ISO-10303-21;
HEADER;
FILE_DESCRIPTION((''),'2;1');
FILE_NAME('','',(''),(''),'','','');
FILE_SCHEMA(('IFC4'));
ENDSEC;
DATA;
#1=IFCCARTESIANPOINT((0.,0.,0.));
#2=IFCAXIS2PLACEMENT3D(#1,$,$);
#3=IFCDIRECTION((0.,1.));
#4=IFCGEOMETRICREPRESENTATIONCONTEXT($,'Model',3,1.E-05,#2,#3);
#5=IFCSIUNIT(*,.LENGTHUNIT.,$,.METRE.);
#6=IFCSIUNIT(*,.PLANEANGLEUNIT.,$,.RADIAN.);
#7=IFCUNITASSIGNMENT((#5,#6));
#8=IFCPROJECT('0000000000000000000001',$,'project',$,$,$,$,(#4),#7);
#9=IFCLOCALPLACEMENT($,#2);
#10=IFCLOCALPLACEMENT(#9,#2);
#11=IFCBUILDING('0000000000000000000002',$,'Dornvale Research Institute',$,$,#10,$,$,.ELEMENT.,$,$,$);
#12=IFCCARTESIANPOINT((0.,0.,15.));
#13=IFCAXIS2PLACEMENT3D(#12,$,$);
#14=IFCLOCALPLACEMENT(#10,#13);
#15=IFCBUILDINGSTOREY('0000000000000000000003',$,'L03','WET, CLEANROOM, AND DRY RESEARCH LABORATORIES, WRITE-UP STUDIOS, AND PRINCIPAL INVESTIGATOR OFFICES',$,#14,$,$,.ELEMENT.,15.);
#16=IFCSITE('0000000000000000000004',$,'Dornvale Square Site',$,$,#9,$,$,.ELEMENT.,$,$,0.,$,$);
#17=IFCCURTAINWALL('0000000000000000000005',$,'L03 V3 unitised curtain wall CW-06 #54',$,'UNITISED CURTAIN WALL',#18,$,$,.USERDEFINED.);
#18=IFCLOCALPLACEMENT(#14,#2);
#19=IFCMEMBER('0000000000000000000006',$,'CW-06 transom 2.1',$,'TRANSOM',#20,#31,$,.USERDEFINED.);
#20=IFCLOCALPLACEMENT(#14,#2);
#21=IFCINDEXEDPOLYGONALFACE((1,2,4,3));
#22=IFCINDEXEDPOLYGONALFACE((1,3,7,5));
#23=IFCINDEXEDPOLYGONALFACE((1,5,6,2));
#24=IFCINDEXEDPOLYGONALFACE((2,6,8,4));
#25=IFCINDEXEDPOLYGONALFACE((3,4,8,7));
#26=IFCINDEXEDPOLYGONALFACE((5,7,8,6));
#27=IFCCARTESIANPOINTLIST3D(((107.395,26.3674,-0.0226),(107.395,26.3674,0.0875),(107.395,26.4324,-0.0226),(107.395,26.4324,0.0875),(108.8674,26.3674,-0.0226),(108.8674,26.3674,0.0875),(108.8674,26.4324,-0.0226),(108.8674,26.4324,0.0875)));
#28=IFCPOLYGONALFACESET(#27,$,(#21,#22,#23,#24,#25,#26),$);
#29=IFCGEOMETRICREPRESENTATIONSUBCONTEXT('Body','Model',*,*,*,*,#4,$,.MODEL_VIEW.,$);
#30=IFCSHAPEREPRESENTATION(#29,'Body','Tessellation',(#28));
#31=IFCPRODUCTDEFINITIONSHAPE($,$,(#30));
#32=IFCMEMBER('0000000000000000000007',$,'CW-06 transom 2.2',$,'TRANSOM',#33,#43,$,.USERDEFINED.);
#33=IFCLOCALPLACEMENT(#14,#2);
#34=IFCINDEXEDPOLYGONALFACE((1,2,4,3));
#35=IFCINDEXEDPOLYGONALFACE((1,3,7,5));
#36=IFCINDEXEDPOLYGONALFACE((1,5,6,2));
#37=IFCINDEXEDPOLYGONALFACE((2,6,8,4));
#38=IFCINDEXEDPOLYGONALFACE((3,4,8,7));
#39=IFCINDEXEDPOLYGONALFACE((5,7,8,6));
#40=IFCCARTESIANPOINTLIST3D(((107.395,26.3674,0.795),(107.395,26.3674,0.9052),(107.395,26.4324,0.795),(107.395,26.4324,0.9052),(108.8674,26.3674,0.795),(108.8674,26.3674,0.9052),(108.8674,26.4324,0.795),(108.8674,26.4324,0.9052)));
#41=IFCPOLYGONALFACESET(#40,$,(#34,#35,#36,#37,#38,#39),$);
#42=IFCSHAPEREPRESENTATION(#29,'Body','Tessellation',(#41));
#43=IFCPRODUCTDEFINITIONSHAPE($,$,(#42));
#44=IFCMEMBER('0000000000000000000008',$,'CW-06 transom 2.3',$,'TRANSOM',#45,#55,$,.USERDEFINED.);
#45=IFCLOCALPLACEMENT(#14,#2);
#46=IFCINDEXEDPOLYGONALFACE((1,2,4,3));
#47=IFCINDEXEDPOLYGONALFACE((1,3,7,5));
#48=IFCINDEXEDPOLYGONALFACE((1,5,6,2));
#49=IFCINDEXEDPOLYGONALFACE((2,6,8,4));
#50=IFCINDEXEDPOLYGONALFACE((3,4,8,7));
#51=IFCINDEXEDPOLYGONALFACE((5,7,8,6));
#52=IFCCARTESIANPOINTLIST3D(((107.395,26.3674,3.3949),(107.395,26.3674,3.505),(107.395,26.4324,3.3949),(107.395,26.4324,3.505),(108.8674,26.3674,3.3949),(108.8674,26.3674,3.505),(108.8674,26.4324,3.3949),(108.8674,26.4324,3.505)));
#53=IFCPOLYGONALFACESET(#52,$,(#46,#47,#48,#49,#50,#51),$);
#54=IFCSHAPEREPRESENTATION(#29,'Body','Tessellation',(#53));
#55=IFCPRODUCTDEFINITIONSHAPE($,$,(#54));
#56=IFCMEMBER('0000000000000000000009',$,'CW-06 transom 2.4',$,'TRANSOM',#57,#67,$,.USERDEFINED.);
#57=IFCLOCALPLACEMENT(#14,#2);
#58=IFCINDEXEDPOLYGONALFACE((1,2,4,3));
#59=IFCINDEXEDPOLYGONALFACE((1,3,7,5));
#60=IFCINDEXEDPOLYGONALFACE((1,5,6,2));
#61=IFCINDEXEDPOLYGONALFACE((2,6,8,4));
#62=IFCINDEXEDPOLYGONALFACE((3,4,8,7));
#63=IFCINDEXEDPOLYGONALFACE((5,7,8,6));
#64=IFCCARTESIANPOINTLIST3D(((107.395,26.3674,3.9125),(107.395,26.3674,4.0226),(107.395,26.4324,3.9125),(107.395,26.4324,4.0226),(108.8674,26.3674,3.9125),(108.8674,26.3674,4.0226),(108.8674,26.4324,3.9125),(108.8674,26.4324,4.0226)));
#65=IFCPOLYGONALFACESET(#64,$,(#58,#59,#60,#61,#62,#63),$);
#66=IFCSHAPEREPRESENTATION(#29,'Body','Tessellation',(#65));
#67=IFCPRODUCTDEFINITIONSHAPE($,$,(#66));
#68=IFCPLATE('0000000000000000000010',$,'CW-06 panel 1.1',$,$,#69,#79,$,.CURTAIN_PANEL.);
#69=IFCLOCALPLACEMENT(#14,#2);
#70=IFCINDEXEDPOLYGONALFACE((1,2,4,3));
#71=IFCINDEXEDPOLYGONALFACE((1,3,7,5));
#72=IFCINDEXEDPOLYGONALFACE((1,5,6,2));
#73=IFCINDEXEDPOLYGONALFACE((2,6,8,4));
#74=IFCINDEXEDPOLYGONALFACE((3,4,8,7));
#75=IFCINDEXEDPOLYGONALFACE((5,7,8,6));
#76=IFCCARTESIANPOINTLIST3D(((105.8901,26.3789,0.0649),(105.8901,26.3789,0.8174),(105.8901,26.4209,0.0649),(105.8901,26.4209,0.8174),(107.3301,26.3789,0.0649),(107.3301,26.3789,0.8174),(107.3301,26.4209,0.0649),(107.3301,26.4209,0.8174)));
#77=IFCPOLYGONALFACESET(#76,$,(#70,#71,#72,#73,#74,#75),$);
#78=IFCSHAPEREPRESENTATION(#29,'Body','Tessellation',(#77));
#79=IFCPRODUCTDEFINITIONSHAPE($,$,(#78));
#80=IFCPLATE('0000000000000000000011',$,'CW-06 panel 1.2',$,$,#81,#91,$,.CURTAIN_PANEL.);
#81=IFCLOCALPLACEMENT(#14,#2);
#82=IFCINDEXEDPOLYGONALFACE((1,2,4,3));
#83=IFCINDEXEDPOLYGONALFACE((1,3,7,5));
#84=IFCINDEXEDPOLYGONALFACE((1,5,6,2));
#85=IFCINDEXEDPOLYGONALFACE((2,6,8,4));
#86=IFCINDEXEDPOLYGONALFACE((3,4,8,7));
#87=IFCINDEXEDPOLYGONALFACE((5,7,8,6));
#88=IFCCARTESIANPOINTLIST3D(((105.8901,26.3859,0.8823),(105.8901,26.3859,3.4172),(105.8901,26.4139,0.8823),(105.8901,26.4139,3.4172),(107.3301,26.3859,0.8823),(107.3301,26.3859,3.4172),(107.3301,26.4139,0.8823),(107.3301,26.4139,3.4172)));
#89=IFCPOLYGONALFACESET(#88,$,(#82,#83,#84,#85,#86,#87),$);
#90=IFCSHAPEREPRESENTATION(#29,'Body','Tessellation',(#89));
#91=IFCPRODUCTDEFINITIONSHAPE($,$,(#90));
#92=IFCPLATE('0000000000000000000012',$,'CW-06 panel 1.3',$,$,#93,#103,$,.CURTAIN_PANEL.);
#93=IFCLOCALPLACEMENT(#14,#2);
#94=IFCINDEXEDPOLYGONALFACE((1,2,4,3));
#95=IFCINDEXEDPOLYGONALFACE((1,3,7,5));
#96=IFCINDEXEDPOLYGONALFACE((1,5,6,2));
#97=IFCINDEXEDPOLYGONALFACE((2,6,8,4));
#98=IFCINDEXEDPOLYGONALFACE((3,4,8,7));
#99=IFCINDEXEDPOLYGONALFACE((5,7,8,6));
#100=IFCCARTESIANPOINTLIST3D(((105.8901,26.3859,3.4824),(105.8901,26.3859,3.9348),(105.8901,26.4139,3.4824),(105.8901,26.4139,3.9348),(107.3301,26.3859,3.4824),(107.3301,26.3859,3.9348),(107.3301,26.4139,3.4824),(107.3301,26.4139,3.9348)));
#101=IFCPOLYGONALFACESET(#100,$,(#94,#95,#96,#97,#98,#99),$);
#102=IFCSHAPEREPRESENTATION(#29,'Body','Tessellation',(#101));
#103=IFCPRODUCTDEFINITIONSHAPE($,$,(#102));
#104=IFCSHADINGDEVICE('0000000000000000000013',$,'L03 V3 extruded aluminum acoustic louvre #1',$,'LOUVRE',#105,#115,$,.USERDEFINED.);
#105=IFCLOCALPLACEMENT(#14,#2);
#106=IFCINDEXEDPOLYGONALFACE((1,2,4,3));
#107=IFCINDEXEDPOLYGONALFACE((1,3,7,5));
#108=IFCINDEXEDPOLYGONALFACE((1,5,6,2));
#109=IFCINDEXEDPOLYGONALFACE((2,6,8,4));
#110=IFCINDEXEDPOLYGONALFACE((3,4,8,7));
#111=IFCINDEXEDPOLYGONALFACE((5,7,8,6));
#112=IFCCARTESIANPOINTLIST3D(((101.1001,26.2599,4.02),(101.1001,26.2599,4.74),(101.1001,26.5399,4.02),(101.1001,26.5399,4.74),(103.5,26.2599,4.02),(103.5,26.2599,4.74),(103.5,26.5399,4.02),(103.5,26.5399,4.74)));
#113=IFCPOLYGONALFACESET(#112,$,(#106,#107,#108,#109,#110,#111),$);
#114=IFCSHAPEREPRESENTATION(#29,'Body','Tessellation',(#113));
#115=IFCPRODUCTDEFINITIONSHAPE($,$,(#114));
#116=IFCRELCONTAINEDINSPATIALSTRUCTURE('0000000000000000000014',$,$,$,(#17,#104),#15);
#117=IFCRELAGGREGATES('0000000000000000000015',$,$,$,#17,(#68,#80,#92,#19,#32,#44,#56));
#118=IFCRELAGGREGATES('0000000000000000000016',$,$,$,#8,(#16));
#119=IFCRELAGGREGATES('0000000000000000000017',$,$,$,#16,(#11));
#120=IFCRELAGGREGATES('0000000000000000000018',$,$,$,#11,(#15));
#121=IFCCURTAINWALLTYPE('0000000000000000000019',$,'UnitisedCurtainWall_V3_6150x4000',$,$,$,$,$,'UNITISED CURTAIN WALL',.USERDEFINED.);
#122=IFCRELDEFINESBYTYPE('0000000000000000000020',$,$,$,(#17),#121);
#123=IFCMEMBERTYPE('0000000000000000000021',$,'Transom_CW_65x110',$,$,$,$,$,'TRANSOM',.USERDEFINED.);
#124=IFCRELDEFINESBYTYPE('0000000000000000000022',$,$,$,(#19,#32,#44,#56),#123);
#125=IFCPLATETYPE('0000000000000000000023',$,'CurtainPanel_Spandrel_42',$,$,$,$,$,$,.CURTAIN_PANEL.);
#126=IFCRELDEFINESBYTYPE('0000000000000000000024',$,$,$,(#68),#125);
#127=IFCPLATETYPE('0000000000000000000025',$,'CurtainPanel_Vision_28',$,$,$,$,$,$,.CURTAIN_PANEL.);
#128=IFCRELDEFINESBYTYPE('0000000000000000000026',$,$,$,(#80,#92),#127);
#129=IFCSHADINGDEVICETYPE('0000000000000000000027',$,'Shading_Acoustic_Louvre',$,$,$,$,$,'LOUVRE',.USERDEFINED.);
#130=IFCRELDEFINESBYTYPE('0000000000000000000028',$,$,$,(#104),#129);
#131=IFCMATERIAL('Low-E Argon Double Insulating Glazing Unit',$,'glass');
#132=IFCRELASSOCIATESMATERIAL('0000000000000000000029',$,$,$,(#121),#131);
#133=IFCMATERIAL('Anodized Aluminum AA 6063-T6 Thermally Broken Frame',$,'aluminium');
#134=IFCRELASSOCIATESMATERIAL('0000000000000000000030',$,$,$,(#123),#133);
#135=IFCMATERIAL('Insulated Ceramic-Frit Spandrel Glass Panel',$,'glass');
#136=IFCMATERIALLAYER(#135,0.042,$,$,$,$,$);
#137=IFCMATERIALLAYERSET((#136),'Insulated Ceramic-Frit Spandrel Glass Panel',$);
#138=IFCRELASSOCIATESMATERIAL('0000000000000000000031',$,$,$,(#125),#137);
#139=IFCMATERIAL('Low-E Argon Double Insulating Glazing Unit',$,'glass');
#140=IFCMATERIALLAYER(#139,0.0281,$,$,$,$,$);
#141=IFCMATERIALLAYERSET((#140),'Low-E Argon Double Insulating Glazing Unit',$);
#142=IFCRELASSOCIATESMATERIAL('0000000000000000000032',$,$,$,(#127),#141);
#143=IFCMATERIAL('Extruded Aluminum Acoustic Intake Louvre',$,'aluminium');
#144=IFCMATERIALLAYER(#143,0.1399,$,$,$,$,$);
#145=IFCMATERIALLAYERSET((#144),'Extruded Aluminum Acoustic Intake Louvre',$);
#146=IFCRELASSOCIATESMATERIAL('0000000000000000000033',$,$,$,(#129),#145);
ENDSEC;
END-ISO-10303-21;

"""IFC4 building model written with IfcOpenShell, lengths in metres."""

from ifc_helpers import new_model, si_unit, direction, frame, origin, origin_2d, place, context, subcontext, project, spatial, rectangle, extrude, material, layer, layer_set, material_profile, profile_set, type_object, element, aggregate, save


model = new_model("IFC4")

# Units and contexts
model_context = context("Model", 3, precision=1e-05, world=origin(), true_north=direction((0.0, 1.0)))
body_context = subcontext(model_context, "Body", "Model", "MODEL_VIEW")
ifc_project = project(units=[si_unit("LENGTHUNIT", "METRE"), si_unit("PLANEANGLEUNIT", "RADIAN")], contexts=[model_context])

# Site, building, storey
site_placement = place(None, origin())
site = spatial("IfcSite", under=ifc_project, at=site_placement, Name="Dornvale Square Site", CompositionType="ELEMENT", RefElevation=0.0)
building_placement = place(site_placement, origin())
building = spatial("IfcBuilding", under=site, at=building_placement, Name="Dornvale Research Institute", CompositionType="ELEMENT")
storey_placement = place(building_placement, frame((0.0, 0.0, 15.0)))
storey = spatial("IfcBuildingStorey", under=building, at=storey_placement, Name="L03", Description="WET, CLEANROOM, AND DRY RESEARCH LABORATORIES, WRITE-UP STUDIOS, AND PRINCIPAL INVESTIGATOR OFFICES", CompositionType="ELEMENT", Elevation=15.0)

# Curtain wall
ifc_material_1 = material(Name="Low-E Argon Double Insulating Glazing Unit", Category="glass")
curtain_wall_type = type_object("IfcCurtainWallType", Name="UnitisedCurtainWall_V3_6150x4000", ElementType="UNITISED CURTAIN WALL", PredefinedType="USERDEFINED", material=ifc_material_1)
curtain_wall_placement = place(storey_placement, origin())
curtain_wall = element("IfcCurtainWall", 1, at=curtain_wall_placement, inside=storey, type_object=curtain_wall_type, Name="L03 V3 unitised curtain wall CW-06 #54", ObjectType="UNITISED CURTAIN WALL", PredefinedType="USERDEFINED")

# Members
ifc_material_2 = material(Name="Anodized Aluminum AA 6063-T6 Thermally Broken Frame", Category="aluminium")
ifc_material_profile_1 = material_profile(ifc_material_2, rectangle(XDim=0.0649, YDim=0.1101, at=origin_2d()), Name="ALU TRANSOM 65x110")
ifc_profile_set_1 = profile_set([ifc_material_profile_1], Name="Anodized Aluminum AA 6063-T6 Thermally Broken Frame")
member_type_1 = type_object("IfcMemberType", Name="Transom_CW_65x110", ElementType="TRANSOM", PredefinedType="USERDEFINED", material=ifc_profile_set_1)
member_1_placement = place(storey_placement, frame((107.395, 26.3999, 0.0325), z_axis=(1.0, 0.0, 0.0), x_axis=(0.0, 1.0, 0.0)))
member_1 = element("IfcMember", 2, at=member_1_placement, type_object=member_type_1, Name="CW-06 transom 2.1", ObjectType="TRANSOM", PredefinedType="USERDEFINED", context=body_context, shape_type="SweptSolid", body=[
    extrude(rectangle(XDim=0.0649, YDim=0.1101, at=origin_2d()), origin(), (0.0, 0.0, 1.0), 1.4724),
])
member_2_placement = place(storey_placement, frame((107.395, 26.3999, 0.8501), z_axis=(1.0, 0.0, 0.0), x_axis=(0.0, 1.0, 0.0)))
member_2 = element("IfcMember", 3, at=member_2_placement, type_object=member_type_1, Name="CW-06 transom 2.2", ObjectType="TRANSOM", PredefinedType="USERDEFINED", context=body_context, shape_type="SweptSolid", body=[
    extrude(rectangle(XDim=0.0649, YDim=0.1101, at=origin_2d()), origin(), (0.0, 0.0, 1.0), 1.4724),
])
member_3_placement = place(storey_placement, frame((107.395, 26.3999, 3.45), z_axis=(1.0, 0.0, 0.0), x_axis=(0.0, 1.0, 0.0)))
member_3 = element("IfcMember", 4, at=member_3_placement, type_object=member_type_1, Name="CW-06 transom 2.3", ObjectType="TRANSOM", PredefinedType="USERDEFINED", context=body_context, shape_type="SweptSolid", body=[
    extrude(rectangle(XDim=0.0649, YDim=0.1101, at=origin_2d()), origin(), (0.0, 0.0, 1.0), 1.4724),
])
member_4_placement = place(storey_placement, frame((107.395, 26.3999, 3.9675), z_axis=(1.0, 0.0, 0.0), x_axis=(0.0, 1.0, 0.0)))
member_4 = element("IfcMember", 5, at=member_4_placement, type_object=member_type_1, Name="CW-06 transom 2.4", ObjectType="TRANSOM", PredefinedType="USERDEFINED", context=body_context, shape_type="SweptSolid", body=[
    extrude(rectangle(XDim=0.0649, YDim=0.1101, at=origin_2d()), origin(), (0.0, 0.0, 1.0), 1.4724),
])

# Plates
ifc_material_3 = material(Name="Insulated Ceramic-Frit Spandrel Glass Panel", Category="glass")
ifc_layer_1 = layer(ifc_material_3, 0.042)
ifc_layer_set_1 = layer_set([ifc_layer_1], Name="Insulated Ceramic-Frit Spandrel Glass Panel")
plate_type_1 = type_object("IfcPlateType", Name="CurtainPanel_Spandrel_42", PredefinedType="CURTAIN_PANEL", material=ifc_layer_set_1)
plate_1_placement = place(storey_placement, frame((106.6101, 26.3999, 0.0649), z_axis=(0.0, 0.0, 1.0), x_axis=(1.0, 0.0, 0.0)))
plate_1 = element("IfcPlate", 6, at=plate_1_placement, type_object=plate_type_1, Name="CW-06 panel 1.1", PredefinedType="CURTAIN_PANEL", context=body_context, shape_type="SweptSolid", body=[
    extrude(rectangle(XDim=1.4399, YDim=0.042, at=origin_2d()), origin(), (0.0, 0.0, 1.0), 0.7524),
])
ifc_material_4 = material(Name="Low-E Argon Double Insulating Glazing Unit", Category="glass")
ifc_layer_2 = layer(ifc_material_4, 0.0281)
ifc_layer_set_2 = layer_set([ifc_layer_2], Name="Low-E Argon Double Insulating Glazing Unit")
plate_type_2 = type_object("IfcPlateType", Name="CurtainPanel_Vision_28", PredefinedType="CURTAIN_PANEL", material=ifc_layer_set_2)
plate_2_placement = place(storey_placement, frame((106.6101, 26.3999, 0.8823), z_axis=(0.0, 0.0, 1.0), x_axis=(1.0, 0.0, 0.0)))
plate_2 = element("IfcPlate", 7, at=plate_2_placement, type_object=plate_type_2, Name="CW-06 panel 1.2", PredefinedType="CURTAIN_PANEL", context=body_context, shape_type="SweptSolid", body=[
    extrude(rectangle(XDim=1.4399, YDim=0.0281, at=origin_2d()), origin(), (0.0, 0.0, 1.0), 2.5349),
])
plate_3_placement = place(storey_placement, frame((106.6101, 26.3999, 3.4824), z_axis=(0.0, 0.0, 1.0), x_axis=(1.0, 0.0, 0.0)))
plate_3 = element("IfcPlate", 8, at=plate_3_placement, type_object=plate_type_2, Name="CW-06 panel 1.3", PredefinedType="CURTAIN_PANEL", context=body_context, shape_type="SweptSolid", body=[
    extrude(rectangle(XDim=1.4399, YDim=0.0281, at=origin_2d()), origin(), (0.0, 0.0, 1.0), 0.4524),
])
aggregate(curtain_wall, [plate_1, plate_2, plate_3, member_1, member_2, member_3, member_4])

# Shading device
ifc_material_5 = material(Name="Extruded Aluminum Acoustic Intake Louvre", Category="aluminium")
ifc_layer_3 = layer(ifc_material_5, 0.1399)
ifc_layer_set_3 = layer_set([ifc_layer_3], Name="Extruded Aluminum Acoustic Intake Louvre")
shading_device_type = type_object("IfcShadingDeviceType", Name="Shading_Acoustic_Louvre", ElementType="LOUVRE", PredefinedType="USERDEFINED", material=ifc_layer_set_3)
shading_device_placement = place(storey_placement, frame((102.3, 26.3999, 4.02), z_axis=(0.0, 0.0, 1.0), x_axis=(1.0, 0.0, 0.0)))
element("IfcShadingDevice", 9, at=shading_device_placement, inside=storey, type_object=shading_device_type, Name="L03 V3 extruded aluminum acoustic louvre #1", ObjectType="LOUVRE", PredefinedType="USERDEFINED", context=body_context, shape_type="SweptSolid", body=[
    extrude(rectangle(XDim=2.3999, YDim=0.28, at=origin_2d()), origin(), (0.0, 0.0, 1.0), 0.72),
])

save(model, "model.ifc")
